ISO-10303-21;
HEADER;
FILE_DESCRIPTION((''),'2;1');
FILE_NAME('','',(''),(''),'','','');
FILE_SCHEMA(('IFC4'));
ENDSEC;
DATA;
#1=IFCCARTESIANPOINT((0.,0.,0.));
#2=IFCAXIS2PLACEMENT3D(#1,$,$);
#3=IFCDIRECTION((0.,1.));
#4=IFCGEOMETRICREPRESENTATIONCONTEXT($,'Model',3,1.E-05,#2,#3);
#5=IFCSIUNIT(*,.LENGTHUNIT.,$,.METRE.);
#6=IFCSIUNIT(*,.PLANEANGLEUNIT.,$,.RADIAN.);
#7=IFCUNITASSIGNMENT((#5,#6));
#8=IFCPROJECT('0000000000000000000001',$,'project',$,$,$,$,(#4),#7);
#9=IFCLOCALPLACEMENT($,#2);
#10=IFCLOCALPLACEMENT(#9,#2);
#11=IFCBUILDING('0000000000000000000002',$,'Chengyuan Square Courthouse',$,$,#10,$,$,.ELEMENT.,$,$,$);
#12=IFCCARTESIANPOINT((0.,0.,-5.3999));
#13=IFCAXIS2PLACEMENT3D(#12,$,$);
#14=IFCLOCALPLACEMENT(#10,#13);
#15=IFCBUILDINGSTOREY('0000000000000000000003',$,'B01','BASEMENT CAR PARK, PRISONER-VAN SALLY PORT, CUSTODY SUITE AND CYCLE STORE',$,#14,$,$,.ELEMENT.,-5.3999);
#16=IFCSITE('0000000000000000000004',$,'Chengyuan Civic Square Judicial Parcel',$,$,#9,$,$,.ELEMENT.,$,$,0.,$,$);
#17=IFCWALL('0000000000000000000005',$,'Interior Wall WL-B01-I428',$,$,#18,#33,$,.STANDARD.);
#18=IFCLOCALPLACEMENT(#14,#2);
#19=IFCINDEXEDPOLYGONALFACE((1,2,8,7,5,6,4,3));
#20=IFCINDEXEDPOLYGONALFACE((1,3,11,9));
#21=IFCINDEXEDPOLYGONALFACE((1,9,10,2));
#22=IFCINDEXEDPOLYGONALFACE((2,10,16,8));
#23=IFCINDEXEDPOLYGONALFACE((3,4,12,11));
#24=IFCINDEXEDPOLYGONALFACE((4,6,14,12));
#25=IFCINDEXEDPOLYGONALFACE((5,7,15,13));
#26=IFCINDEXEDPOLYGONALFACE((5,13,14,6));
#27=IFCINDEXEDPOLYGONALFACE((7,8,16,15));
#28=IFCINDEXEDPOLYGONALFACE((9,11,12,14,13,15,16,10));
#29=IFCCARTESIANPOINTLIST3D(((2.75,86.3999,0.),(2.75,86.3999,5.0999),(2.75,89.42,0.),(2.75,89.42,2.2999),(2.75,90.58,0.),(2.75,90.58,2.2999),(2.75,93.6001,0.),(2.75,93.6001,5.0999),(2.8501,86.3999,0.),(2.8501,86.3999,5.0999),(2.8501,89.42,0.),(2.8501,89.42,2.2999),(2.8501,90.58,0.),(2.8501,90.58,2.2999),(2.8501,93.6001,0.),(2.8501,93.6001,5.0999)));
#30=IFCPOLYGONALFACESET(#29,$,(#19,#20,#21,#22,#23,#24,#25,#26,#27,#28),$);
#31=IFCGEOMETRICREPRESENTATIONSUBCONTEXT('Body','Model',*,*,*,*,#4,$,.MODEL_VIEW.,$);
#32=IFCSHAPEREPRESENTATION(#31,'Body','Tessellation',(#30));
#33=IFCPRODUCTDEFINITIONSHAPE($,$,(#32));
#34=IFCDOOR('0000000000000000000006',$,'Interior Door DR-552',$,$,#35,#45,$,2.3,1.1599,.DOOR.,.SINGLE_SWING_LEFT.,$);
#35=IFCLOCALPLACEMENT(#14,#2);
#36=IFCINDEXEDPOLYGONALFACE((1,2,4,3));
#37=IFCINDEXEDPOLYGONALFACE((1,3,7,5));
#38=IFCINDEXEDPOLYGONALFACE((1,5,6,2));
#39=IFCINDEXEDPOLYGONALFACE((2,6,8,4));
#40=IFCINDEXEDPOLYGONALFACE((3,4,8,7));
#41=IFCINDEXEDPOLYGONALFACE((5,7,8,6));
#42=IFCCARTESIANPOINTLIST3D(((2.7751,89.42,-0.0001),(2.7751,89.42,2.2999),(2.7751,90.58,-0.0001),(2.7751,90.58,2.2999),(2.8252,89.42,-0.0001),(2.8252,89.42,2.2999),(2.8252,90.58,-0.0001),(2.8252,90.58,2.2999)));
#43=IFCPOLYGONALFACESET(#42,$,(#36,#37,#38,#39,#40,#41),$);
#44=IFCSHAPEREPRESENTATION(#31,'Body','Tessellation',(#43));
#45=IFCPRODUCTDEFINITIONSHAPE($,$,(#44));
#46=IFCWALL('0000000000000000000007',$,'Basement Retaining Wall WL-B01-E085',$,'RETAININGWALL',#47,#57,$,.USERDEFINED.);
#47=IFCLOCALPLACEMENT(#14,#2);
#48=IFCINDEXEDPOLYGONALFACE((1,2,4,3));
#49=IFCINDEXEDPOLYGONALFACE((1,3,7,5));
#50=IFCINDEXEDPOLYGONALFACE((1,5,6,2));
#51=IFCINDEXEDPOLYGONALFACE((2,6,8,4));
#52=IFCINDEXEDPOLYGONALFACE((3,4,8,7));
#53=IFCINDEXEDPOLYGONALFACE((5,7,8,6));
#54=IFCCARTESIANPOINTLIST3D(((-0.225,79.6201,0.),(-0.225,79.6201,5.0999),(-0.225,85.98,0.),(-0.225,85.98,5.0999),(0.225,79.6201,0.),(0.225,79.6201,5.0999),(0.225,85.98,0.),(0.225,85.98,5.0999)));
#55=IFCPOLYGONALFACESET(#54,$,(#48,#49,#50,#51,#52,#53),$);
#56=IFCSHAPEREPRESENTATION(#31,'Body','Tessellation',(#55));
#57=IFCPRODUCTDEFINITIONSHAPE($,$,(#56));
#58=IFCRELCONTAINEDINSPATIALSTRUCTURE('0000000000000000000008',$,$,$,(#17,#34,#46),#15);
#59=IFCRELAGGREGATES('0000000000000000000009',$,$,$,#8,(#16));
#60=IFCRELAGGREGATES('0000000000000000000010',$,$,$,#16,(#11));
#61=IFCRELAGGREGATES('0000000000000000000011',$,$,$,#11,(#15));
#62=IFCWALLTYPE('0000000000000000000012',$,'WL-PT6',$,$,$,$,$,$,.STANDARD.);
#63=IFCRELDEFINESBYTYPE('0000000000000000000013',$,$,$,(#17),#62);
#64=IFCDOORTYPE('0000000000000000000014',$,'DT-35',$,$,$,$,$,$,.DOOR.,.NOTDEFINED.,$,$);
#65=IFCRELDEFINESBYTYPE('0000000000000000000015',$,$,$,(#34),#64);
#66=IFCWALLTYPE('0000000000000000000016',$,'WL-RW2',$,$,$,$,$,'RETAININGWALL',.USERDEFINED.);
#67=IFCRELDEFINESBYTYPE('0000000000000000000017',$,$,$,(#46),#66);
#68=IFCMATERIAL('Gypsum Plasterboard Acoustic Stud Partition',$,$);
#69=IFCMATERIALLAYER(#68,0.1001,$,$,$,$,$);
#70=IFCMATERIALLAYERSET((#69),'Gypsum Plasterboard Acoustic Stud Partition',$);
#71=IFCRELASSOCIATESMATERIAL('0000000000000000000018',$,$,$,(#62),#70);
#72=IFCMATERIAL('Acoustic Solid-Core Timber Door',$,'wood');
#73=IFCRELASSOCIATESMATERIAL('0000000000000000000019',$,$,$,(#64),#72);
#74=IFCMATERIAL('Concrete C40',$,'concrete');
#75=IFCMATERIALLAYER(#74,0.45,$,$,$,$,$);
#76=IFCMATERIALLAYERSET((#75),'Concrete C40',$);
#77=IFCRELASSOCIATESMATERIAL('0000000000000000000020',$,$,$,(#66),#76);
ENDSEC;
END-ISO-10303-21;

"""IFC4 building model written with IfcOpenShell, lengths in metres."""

from ifc_helpers import new_model, si_unit, direction, frame, frame_2d, origin, place, context, subcontext, project, spatial, rectangle, extrude, material, layer, layer_set, type_object, element, fill, save


model = new_model("IFC4")

# Units and contexts
model_context = context("Model", 3, precision=1e-05, world=origin(), true_north=direction((0.0, 1.0)))
body_context = subcontext(model_context, "Body", "Model", "MODEL_VIEW")
ifc_project = project(units=[si_unit("LENGTHUNIT", "METRE"), si_unit("PLANEANGLEUNIT", "RADIAN")], contexts=[model_context])

# Site, building, storey
site_placement = place(None, origin())
site = spatial("IfcSite", under=ifc_project, at=site_placement, Name="Chengyuan Civic Square Judicial Parcel", CompositionType="ELEMENT", RefElevation=0.0)
building_placement = place(site_placement, origin())
building = spatial("IfcBuilding", under=site, at=building_placement, Name="Chengyuan Square Courthouse", CompositionType="ELEMENT")
storey_placement = place(building_placement, frame((0.0, 0.0, -5.3999)))
storey = spatial("IfcBuildingStorey", under=building, at=storey_placement, Name="B01", Description="BASEMENT CAR PARK, PRISONER-VAN SALLY PORT, CUSTODY SUITE AND CYCLE STORE", CompositionType="ELEMENT", Elevation=-5.3999)

# Shared definitions
ifc_material_1 = material(Name="Concrete C40", Category="concrete")

# Shared definitions
ifc_material_2 = material(Name="Gypsum Plasterboard Acoustic Stud Partition")
ifc_layer_1 = layer(ifc_material_2, 0.1001)
ifc_layer_set_1 = layer_set([ifc_layer_1], Name="Gypsum Plasterboard Acoustic Stud Partition")
wall_type_1 = type_object("IfcWallType", Name="WL-PT6", PredefinedType="STANDARD", material=ifc_layer_set_1)
ifc_material_3 = material(Name="Acoustic Solid-Core Timber Door", Category="wood")

# Wall, opening, door
wall_1_placement = place(storey_placement, frame((2.8, 86.3999, 0.0), z_axis=(0.0, 0.0, 1.0), x_axis=(0.0, 1.0, 0.0)))
wall_1 = element("IfcWall", 1, at=wall_1_placement, inside=storey, type_object=wall_type_1, Name="Interior Wall WL-B01-I428", PredefinedType="STANDARD", context=body_context, shape_type="SweptSolid", body=[
    extrude(rectangle(XDim=7.2002, YDim=0.1001, at=frame_2d((3.6001, 0.0))), origin(), (0.0, 0.0, 1.0), 5.0999),
])
opening_1_placement = place(wall_1_placement, frame((3.02, 0.0, 0.0)))
opening_1 = element("IfcOpeningElement", 2, at=opening_1_placement, cuts=wall_1, PredefinedType="OPENING", context=body_context, shape_type="SweptSolid", body=[
    extrude(rectangle(XDim=1.1599, YDim=2.3, at=frame_2d((0.5801, 1.1499))), frame((0.0, 0.062, 0.0), z_axis=(0.0, -1.0, 0.0), x_axis=(1.0, 0.0, 0.0)), (0.0, 0.0, 1.0), 0.124),
])
door_type_1 = type_object("IfcDoorType", Name="DT-35", OperationType="NOTDEFINED", PredefinedType="DOOR", material=ifc_material_3)
door_1_placement = place(opening_1_placement, origin())
door_1 = element("IfcDoor", 3, at=door_1_placement, inside=storey, type_object=door_type_1, Name="Interior Door DR-552", OperationType="SINGLE_SWING_LEFT", OverallHeight=2.3, OverallWidth=1.1599, PredefinedType="DOOR", context=body_context, shape_type="SweptSolid", body=[
    extrude(rectangle(XDim=1.1599, YDim=2.3, at=frame_2d((0.5801, 1.1499))), frame((0.0, 0.0249, 0.0), z_axis=(0.0, -1.0, 0.0), x_axis=(1.0, 0.0, 0.0)), (0.0, 0.0, 1.0), 0.05),
])
fill(opening_1, door_1)

# Wall
ifc_layer_2 = layer(ifc_material_1, 0.45)
ifc_layer_set_2 = layer_set([ifc_layer_2], Name="Concrete C40")
wall_type_2 = type_object("IfcWallType", Name="WL-RW2", ElementType="RETAININGWALL", PredefinedType="USERDEFINED", material=ifc_layer_set_2)
wall_2_placement = place(storey_placement, frame((0.0, 79.6201, 0.0), z_axis=(0.0, 0.0, 1.0), x_axis=(0.0, 1.0, 0.0)))
element("IfcWall", 4, at=wall_2_placement, inside=storey, type_object=wall_type_2, Name="Basement Retaining Wall WL-B01-E085", ObjectType="RETAININGWALL", PredefinedType="USERDEFINED", context=body_context, shape_type="SweptSolid", body=[
    extrude(rectangle(XDim=6.3599, YDim=0.45, at=frame_2d((3.1799, 0.0))), origin(), (0.0, 0.0, 1.0), 5.0999),
])

save(model, "model.ifc")
